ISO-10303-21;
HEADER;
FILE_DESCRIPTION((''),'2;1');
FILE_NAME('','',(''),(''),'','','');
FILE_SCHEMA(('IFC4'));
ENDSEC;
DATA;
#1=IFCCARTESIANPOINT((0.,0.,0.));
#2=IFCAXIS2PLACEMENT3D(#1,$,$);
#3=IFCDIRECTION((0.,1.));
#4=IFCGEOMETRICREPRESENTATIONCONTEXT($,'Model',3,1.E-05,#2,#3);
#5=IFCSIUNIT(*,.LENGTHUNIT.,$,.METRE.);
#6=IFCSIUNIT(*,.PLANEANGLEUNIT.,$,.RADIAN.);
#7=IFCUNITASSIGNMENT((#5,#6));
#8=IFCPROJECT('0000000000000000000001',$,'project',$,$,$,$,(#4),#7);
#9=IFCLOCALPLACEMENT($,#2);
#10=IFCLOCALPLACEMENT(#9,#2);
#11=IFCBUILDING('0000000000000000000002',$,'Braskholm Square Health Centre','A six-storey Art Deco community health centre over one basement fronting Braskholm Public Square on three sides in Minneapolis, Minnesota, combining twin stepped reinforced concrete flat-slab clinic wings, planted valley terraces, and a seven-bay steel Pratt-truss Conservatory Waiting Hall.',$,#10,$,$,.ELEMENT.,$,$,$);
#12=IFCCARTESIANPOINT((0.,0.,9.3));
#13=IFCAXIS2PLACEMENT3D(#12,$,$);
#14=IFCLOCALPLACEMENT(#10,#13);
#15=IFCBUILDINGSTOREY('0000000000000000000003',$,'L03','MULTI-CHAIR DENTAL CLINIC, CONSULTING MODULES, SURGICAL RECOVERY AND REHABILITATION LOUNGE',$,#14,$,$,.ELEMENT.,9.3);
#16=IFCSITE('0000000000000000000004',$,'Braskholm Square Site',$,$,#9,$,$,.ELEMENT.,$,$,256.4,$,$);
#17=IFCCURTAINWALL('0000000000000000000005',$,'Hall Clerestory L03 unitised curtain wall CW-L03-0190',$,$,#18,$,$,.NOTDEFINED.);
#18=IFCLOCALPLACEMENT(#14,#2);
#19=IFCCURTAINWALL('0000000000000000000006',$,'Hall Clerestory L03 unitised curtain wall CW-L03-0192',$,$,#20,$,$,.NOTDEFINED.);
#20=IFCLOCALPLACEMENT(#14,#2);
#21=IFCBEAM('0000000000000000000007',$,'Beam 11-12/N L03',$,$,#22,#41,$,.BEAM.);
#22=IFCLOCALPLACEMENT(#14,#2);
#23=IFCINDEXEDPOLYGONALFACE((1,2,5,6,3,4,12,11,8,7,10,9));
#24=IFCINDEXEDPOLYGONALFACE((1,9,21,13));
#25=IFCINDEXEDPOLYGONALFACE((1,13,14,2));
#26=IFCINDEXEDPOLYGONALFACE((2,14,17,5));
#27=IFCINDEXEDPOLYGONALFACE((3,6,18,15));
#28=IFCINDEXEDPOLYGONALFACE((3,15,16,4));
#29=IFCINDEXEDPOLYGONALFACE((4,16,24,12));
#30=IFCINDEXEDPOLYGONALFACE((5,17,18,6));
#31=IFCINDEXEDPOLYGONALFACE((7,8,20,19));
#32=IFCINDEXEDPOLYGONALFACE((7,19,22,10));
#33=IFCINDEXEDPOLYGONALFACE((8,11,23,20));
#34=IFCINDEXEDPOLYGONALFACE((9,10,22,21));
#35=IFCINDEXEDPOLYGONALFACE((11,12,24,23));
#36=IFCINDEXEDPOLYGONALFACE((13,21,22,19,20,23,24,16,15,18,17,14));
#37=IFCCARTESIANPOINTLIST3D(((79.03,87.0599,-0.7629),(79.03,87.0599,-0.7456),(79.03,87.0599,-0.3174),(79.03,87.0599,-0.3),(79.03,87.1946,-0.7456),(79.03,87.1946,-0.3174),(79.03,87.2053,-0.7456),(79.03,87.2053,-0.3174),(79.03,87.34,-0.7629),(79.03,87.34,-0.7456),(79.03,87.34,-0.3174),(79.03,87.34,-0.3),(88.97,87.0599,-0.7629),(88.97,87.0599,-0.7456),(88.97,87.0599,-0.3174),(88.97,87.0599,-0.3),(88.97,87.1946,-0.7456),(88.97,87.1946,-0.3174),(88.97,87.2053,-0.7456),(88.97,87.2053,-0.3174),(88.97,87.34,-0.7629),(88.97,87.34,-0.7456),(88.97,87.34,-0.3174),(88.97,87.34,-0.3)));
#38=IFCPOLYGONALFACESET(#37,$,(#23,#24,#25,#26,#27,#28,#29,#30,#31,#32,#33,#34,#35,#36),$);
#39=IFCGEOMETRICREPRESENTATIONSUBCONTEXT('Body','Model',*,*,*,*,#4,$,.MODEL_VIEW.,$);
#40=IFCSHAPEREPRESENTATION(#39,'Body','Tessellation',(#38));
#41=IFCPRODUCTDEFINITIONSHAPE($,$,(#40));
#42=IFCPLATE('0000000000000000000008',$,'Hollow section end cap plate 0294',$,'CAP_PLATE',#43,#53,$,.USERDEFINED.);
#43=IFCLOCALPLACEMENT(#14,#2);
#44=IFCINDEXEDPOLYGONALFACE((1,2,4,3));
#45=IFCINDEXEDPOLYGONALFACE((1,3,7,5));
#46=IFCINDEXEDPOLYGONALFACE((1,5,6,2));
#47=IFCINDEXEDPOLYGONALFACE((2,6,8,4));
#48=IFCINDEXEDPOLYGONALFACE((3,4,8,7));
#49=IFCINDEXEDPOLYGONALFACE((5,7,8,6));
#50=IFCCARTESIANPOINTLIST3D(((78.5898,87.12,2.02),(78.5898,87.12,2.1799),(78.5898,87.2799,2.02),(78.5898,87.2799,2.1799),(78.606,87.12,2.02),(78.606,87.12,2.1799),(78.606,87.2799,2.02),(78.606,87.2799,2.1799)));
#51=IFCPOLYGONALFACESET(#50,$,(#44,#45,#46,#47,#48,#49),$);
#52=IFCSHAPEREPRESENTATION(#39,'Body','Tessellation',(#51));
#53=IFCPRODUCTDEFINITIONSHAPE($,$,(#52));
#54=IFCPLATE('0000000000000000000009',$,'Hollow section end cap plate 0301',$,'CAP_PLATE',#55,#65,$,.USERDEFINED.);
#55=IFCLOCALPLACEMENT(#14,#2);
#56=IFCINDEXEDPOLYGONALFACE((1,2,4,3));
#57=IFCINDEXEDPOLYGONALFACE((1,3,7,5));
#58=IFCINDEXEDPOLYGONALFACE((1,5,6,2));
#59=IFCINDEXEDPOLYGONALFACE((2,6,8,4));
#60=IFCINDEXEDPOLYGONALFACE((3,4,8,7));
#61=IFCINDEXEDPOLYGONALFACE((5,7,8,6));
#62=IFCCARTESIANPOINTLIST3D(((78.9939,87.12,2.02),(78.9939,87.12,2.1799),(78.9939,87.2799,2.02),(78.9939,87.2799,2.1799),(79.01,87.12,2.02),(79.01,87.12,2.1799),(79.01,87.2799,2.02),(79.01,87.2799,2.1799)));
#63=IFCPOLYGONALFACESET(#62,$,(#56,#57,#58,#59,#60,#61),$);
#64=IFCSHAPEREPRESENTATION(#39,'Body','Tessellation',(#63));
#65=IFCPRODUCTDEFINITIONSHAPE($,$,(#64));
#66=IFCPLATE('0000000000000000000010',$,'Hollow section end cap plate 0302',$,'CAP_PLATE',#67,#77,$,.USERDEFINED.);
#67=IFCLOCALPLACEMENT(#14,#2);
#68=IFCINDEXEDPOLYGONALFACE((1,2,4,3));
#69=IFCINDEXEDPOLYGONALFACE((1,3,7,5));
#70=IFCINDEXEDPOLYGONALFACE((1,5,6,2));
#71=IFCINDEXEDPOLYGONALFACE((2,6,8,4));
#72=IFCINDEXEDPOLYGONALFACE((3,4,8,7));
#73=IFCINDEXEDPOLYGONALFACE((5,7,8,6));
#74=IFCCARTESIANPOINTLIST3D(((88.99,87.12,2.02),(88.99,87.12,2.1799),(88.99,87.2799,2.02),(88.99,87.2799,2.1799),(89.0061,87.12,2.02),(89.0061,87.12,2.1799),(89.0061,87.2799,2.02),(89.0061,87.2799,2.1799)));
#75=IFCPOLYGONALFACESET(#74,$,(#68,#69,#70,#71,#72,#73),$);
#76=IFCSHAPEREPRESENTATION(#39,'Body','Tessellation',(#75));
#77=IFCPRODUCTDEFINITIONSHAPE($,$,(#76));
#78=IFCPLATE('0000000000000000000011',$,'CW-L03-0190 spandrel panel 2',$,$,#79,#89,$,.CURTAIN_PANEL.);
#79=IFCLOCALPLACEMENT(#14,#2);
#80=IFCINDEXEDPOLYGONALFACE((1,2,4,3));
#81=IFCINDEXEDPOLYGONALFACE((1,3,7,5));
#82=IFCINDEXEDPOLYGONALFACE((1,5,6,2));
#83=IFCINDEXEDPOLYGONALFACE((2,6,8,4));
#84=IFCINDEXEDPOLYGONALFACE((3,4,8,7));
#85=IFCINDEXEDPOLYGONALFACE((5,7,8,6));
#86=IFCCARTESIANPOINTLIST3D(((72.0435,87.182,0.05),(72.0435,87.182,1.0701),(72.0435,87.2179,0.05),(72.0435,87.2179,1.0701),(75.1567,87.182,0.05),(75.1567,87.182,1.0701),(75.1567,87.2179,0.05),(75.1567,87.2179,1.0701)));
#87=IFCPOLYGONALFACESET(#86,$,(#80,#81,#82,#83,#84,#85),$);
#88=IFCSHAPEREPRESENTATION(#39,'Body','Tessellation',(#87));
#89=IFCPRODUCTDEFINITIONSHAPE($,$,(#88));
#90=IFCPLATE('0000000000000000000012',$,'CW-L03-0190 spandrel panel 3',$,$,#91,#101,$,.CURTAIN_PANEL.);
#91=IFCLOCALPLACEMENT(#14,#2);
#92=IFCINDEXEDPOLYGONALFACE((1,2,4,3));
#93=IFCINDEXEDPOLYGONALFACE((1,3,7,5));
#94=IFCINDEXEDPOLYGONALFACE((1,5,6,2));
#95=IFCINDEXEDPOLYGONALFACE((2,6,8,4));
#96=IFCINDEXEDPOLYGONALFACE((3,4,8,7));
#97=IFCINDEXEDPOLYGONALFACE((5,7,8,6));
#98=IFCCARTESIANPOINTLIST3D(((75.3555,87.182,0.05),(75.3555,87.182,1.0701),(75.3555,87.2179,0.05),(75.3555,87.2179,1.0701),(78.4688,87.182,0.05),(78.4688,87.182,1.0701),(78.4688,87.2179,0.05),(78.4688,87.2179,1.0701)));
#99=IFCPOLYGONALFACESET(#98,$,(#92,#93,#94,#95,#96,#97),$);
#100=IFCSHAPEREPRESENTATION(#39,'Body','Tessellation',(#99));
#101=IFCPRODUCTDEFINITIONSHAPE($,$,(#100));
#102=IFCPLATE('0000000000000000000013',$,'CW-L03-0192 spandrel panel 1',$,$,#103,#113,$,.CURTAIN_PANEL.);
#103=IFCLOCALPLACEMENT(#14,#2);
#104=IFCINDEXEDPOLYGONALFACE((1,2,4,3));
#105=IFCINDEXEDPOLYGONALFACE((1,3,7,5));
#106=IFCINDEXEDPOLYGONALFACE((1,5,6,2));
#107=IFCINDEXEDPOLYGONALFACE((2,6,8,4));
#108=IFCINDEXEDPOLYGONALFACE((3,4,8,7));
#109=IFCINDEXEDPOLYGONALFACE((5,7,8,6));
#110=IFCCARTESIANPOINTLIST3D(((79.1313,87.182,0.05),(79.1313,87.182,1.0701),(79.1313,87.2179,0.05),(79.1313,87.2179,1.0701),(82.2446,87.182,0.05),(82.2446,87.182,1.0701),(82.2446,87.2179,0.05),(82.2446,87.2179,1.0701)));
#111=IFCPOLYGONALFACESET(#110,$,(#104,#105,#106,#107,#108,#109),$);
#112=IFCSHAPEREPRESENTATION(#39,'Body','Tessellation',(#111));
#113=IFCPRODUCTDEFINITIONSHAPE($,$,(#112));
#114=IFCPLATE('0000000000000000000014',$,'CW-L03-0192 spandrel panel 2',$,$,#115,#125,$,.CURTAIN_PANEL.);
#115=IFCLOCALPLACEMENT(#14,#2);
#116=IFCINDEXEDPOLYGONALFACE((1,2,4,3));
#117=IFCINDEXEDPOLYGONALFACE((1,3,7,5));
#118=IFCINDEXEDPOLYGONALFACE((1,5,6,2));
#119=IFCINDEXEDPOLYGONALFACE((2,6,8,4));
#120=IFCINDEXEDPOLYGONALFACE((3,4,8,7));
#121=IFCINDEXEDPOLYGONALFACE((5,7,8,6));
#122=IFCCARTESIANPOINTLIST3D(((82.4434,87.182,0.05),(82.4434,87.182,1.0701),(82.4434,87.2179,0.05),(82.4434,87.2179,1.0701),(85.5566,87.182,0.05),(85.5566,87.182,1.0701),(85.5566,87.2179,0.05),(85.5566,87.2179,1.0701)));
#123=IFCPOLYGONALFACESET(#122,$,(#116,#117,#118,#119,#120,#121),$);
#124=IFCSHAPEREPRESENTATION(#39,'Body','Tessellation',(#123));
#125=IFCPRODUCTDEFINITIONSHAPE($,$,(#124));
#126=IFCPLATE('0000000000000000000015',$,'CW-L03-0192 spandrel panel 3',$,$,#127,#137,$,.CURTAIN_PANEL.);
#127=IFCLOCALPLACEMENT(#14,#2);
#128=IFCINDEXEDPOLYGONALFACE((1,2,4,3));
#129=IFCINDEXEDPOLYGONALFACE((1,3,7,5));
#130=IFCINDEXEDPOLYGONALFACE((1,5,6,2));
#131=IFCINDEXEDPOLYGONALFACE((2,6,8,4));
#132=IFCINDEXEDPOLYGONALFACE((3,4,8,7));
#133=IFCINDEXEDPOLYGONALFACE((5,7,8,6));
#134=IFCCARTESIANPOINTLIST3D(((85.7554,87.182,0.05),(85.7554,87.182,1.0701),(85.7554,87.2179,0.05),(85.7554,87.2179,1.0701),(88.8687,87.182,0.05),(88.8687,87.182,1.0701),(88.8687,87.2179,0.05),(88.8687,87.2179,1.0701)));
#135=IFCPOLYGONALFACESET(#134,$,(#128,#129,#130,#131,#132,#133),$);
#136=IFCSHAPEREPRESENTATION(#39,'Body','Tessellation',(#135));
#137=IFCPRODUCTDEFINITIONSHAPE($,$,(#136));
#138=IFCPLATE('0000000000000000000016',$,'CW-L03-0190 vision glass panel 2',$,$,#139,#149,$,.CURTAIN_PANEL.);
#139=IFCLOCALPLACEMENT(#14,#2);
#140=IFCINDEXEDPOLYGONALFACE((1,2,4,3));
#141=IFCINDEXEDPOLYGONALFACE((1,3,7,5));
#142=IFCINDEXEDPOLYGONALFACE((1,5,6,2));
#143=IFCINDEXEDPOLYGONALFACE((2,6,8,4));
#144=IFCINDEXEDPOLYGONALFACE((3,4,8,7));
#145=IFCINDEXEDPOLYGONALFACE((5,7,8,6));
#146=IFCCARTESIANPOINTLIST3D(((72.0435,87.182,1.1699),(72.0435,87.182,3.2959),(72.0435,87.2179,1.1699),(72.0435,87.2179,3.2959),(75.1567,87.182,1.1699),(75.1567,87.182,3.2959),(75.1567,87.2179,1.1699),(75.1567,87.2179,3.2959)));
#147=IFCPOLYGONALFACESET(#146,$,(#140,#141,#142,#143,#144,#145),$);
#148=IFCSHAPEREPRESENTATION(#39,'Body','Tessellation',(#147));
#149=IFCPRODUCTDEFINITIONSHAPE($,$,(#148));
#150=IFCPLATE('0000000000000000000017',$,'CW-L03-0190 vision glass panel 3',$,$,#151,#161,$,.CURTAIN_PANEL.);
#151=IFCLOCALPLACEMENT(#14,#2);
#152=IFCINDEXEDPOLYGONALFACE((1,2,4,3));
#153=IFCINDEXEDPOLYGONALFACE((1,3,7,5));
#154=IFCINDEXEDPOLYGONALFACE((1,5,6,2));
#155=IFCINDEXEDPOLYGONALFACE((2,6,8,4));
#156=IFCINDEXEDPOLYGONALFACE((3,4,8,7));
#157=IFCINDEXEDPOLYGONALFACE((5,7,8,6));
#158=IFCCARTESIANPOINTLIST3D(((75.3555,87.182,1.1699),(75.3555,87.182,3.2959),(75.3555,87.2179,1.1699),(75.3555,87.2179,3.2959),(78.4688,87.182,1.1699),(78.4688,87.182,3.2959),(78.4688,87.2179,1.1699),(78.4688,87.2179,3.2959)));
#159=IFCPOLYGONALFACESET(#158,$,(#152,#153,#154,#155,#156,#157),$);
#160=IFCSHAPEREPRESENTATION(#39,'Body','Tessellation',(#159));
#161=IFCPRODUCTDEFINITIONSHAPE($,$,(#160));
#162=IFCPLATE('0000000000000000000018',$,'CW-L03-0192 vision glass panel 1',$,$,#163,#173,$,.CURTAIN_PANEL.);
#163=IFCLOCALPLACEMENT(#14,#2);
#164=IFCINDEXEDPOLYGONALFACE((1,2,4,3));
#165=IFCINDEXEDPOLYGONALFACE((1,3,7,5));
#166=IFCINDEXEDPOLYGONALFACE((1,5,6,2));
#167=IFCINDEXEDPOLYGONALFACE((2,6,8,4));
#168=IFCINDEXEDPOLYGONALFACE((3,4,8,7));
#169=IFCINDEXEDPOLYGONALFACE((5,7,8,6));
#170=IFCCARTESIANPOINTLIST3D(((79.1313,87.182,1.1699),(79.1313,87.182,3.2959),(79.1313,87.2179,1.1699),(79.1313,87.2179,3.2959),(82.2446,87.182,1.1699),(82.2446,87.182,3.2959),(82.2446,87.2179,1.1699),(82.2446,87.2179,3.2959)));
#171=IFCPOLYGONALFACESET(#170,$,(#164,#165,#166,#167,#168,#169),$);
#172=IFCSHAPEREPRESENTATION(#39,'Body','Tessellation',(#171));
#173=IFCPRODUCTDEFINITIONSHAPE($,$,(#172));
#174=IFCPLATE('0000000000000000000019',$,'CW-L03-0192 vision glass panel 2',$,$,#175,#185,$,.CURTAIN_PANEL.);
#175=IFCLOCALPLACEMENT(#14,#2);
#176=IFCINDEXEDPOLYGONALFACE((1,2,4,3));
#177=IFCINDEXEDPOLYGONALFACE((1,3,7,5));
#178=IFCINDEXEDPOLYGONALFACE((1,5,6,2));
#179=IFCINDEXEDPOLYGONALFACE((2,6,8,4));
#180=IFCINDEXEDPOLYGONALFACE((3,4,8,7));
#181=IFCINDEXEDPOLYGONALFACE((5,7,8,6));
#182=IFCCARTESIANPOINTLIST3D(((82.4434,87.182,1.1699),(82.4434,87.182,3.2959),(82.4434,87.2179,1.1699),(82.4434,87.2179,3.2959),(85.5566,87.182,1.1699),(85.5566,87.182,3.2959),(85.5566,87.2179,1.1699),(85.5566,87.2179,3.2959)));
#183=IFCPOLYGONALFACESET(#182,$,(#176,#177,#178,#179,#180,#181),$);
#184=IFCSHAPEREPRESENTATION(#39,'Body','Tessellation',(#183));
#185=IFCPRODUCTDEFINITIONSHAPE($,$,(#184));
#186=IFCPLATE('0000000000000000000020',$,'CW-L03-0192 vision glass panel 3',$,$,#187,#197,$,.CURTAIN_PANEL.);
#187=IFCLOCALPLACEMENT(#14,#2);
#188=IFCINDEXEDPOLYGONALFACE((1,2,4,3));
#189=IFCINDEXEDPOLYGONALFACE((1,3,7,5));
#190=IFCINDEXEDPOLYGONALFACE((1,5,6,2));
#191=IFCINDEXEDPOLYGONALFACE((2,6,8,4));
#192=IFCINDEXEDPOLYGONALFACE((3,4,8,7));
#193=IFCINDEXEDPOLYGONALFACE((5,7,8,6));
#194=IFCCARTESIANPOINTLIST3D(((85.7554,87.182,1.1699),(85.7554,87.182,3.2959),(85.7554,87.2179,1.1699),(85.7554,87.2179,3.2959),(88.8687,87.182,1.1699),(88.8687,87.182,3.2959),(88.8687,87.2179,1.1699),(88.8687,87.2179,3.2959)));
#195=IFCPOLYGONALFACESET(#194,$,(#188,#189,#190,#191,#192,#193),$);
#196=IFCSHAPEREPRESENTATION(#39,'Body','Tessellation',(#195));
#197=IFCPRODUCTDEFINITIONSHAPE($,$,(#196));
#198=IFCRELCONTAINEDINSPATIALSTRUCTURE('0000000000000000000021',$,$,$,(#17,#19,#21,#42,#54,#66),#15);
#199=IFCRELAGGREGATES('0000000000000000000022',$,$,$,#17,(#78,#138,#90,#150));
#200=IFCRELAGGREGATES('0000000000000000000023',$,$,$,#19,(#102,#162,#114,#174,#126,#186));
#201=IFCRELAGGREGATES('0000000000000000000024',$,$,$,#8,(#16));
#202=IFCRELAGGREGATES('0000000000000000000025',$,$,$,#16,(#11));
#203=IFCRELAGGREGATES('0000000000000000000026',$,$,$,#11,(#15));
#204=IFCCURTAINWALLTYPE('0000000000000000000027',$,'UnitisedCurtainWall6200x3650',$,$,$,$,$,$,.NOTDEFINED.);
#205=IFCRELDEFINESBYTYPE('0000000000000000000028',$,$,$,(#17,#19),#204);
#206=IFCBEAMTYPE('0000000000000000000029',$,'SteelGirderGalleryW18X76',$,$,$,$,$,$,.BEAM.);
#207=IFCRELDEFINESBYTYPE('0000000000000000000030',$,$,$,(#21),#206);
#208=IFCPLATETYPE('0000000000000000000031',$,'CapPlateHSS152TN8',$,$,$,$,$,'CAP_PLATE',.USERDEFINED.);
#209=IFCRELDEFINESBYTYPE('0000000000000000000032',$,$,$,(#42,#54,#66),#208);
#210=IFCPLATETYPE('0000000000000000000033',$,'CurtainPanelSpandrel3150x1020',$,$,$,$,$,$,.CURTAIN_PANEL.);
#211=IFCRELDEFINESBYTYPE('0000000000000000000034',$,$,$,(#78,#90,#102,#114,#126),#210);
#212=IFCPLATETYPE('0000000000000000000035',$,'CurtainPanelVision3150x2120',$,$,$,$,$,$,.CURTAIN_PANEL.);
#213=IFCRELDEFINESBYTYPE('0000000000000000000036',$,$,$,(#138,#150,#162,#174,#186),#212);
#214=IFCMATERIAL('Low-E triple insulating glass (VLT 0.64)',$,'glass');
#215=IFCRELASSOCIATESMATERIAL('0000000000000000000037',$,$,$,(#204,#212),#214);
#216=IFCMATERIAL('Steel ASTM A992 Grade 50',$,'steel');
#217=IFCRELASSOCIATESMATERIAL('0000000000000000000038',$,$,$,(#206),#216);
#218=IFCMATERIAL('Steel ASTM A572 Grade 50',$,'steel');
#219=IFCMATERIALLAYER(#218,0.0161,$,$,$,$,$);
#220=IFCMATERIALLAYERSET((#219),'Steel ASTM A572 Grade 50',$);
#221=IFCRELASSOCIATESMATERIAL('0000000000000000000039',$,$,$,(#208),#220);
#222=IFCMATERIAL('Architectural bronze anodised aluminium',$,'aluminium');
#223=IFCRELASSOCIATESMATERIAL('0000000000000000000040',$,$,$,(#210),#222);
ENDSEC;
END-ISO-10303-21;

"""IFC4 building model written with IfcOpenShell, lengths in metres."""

from ifc_helpers import new_model, si_unit, direction, frame, origin, origin_2d, place, context, subcontext, project, spatial, rectangle, i_section, extrude, material, layer, layer_set, material_profile, profile_set, type_object, element, aggregate, save


model = new_model("IFC4")

# Units and contexts
model_context = context("Model", 3, precision=1e-05, world=origin(), true_north=direction((0.0, 1.0)))
body_context = subcontext(model_context, "Body", "Model", "MODEL_VIEW")
ifc_project = project(units=[si_unit("LENGTHUNIT", "METRE"), si_unit("PLANEANGLEUNIT", "RADIAN")], contexts=[model_context])

# Site, building, storey
site_placement = place(None, origin())
site = spatial("IfcSite", under=ifc_project, at=site_placement, Name="Braskholm Square Site", CompositionType="ELEMENT", RefElevation=256.4)
building_placement = place(site_placement, origin())
building = spatial("IfcBuilding", under=site, at=building_placement, Name="Braskholm Square Health Centre", Description="A six-storey Art Deco community health centre over one basement fronting Braskholm Public Square on three sides in Minneapolis, Minnesota, combining twin stepped reinforced concrete flat-slab clinic wings, planted valley terraces, and a seven-bay steel Pratt-truss Conservatory Waiting Hall.", CompositionType="ELEMENT")
storey_placement = place(building_placement, frame((0.0, 0.0, 9.3)))
storey = spatial("IfcBuildingStorey", under=building, at=storey_placement, Name="L03", Description="MULTI-CHAIR DENTAL CLINIC, CONSULTING MODULES, SURGICAL RECOVERY AND REHABILITATION LOUNGE", CompositionType="ELEMENT", Elevation=9.3)

# Curtain walls
ifc_material_1 = material(Name="Low-E triple insulating glass (VLT 0.64)", Category="glass")
curtain_wall_type = type_object("IfcCurtainWallType", Name="UnitisedCurtainWall6200x3650", PredefinedType="NOTDEFINED", material=ifc_material_1)
curtain_wall_1_placement = place(storey_placement, origin())
curtain_wall_1 = element("IfcCurtainWall", 1, at=curtain_wall_1_placement, inside=storey, type_object=curtain_wall_type, Name="Hall Clerestory L03 unitised curtain wall CW-L03-0190", PredefinedType="NOTDEFINED")
ifc_material_2 = material(Name="Architectural bronze anodised aluminium", Category="aluminium")
curtain_wall_2_placement = place(storey_placement, origin())
curtain_wall_2 = element("IfcCurtainWall", 2, at=curtain_wall_2_placement, inside=storey, type_object=curtain_wall_type, Name="Hall Clerestory L03 unitised curtain wall CW-L03-0192", PredefinedType="NOTDEFINED")

# Beam
ifc_material_3 = material(Name="Steel ASTM A992 Grade 50", Category="steel")
ifc_material_profile_1 = material_profile(ifc_material_3, i_section(OverallWidth=0.28, OverallDepth=0.4629, WebThickness=0.0107, FlangeThickness=0.0173, at=origin_2d()), Name="W18X76")
ifc_profile_set_1 = profile_set([ifc_material_profile_1], Name="Steel ASTM A992 Grade 50")
beam_type = type_object("IfcBeamType", Name="SteelGirderGalleryW18X76", PredefinedType="BEAM", material=ifc_profile_set_1)
beam_placement = place(storey_placement, frame((79.03, 87.2, -0.5315), z_axis=(1.0, 0.0, 0.0), x_axis=(0.0, 1.0, 0.0)))
element("IfcBeam", 3, at=beam_placement, inside=storey, type_object=beam_type, Name="Beam 11-12/N L03", PredefinedType="BEAM", context=body_context, shape_type="SweptSolid", body=[
    extrude(i_section(OverallWidth=0.28, OverallDepth=0.4629, WebThickness=0.0107, FlangeThickness=0.0173, at=origin_2d()), origin(), (0.0, 0.0, 1.0), 9.9399),
])

# Plates
ifc_material_4 = material(Name="Steel ASTM A572 Grade 50", Category="steel")
ifc_layer_1 = layer(ifc_material_4, 0.0161)
ifc_layer_set_1 = layer_set([ifc_layer_1], Name="Steel ASTM A572 Grade 50")
plate_type_1 = type_object("IfcPlateType", Name="CapPlateHSS152TN8", ElementType="CAP_PLATE", PredefinedType="USERDEFINED", material=ifc_layer_set_1)
for number, where, z_axis, x_axis, name in (
    (4, (78.5979, 87.2, 2.02), (0.0, 0.0, 1.0), (1.0, 0.0, 0.0), "Hollow section end cap plate 0294"),
    (5, (79.002, 87.2, 2.02), (0.0, 0.0, 1.0), (1.0, 0.0, 0.0), "Hollow section end cap plate 0301"),
    (6, (88.998, 87.2, 2.02), (0.0, 0.0, 1.0), (1.0, 0.0, 0.0), "Hollow section end cap plate 0302"),
):
    element("IfcPlate", number, at=place(storey_placement, frame(where, z_axis=z_axis, x_axis=x_axis)), inside=storey, type_object=plate_type_1, Name=name, ObjectType="CAP_PLATE", PredefinedType="USERDEFINED", context=body_context, shape_type="SweptSolid", body=[
        extrude(rectangle(XDim=0.0161, YDim=0.1599, at=origin_2d()), origin(), (0.0, 0.0, 1.0), 0.1599),
    ])

# Plates
plate_type_2 = type_object("IfcPlateType", Name="CurtainPanelSpandrel3150x1020", PredefinedType="CURTAIN_PANEL", material=ifc_material_2)
plate_1_placement = place(storey_placement, frame((73.6001, 87.2, 0.05), z_axis=(0.0, 0.0, 1.0), x_axis=(1.0, 0.0, 0.0)))
plate_1 = element("IfcPlate", 7, at=plate_1_placement, type_object=plate_type_2, Name="CW-L03-0190 spandrel panel 2", PredefinedType="CURTAIN_PANEL", context=body_context, shape_type="SweptSolid", body=[
    extrude(rectangle(XDim=3.1133, YDim=0.0359, at=origin_2d()), origin(), (0.0, 0.0, 1.0), 1.02),
])
plate_2_placement = place(storey_placement, frame((76.9121, 87.2, 0.05), z_axis=(0.0, 0.0, 1.0), x_axis=(1.0, 0.0, 0.0)))
plate_2 = element("IfcPlate", 8, at=plate_2_placement, type_object=plate_type_2, Name="CW-L03-0190 spandrel panel 3", PredefinedType="CURTAIN_PANEL", context=body_context, shape_type="SweptSolid", body=[
    extrude(rectangle(XDim=3.1133, YDim=0.0359, at=origin_2d()), origin(), (0.0, 0.0, 1.0), 1.02),
])
plate_3_placement = place(storey_placement, frame((80.688, 87.2, 0.05), z_axis=(0.0, 0.0, 1.0), x_axis=(1.0, 0.0, 0.0)))
plate_3 = element("IfcPlate", 9, at=plate_3_placement, type_object=plate_type_2, Name="CW-L03-0192 spandrel panel 1", PredefinedType="CURTAIN_PANEL", context=body_context, shape_type="SweptSolid", body=[
    extrude(rectangle(XDim=3.1133, YDim=0.0359, at=origin_2d()), origin(), (0.0, 0.0, 1.0), 1.02),
])
plate_4_placement = place(storey_placement, frame((84.0, 87.2, 0.05), z_axis=(0.0, 0.0, 1.0), x_axis=(1.0, 0.0, 0.0)))
plate_4 = element("IfcPlate", 10, at=plate_4_placement, type_object=plate_type_2, Name="CW-L03-0192 spandrel panel 2", PredefinedType="CURTAIN_PANEL", context=body_context, shape_type="SweptSolid", body=[
    extrude(rectangle(XDim=3.1133, YDim=0.0359, at=origin_2d()), origin(), (0.0, 0.0, 1.0), 1.02),
])
plate_5_placement = place(storey_placement, frame((87.312, 87.2, 0.05), z_axis=(0.0, 0.0, 1.0), x_axis=(1.0, 0.0, 0.0)))
plate_5 = element("IfcPlate", 11, at=plate_5_placement, type_object=plate_type_2, Name="CW-L03-0192 spandrel panel 3", PredefinedType="CURTAIN_PANEL", context=body_context, shape_type="SweptSolid", body=[
    extrude(rectangle(XDim=3.1133, YDim=0.0359, at=origin_2d()), origin(), (0.0, 0.0, 1.0), 1.02),
])
plate_type_3 = type_object("IfcPlateType", Name="CurtainPanelVision3150x2120", PredefinedType="CURTAIN_PANEL", material=ifc_material_1)
plate_6_placement = place(storey_placement, frame((73.6001, 87.2, 1.1699), z_axis=(0.0, 0.0, 1.0), x_axis=(1.0, 0.0, 0.0)))
plate_6 = element("IfcPlate", 12, at=plate_6_placement, type_object=plate_type_3, Name="CW-L03-0190 vision glass panel 2", PredefinedType="CURTAIN_PANEL", context=body_context, shape_type="SweptSolid", body=[
    extrude(rectangle(XDim=3.1133, YDim=0.0359, at=origin_2d()), origin(), (0.0, 0.0, 1.0), 2.126),
])
plate_7_placement = place(storey_placement, frame((76.9121, 87.2, 1.1699), z_axis=(0.0, 0.0, 1.0), x_axis=(1.0, 0.0, 0.0)))
plate_7 = element("IfcPlate", 13, at=plate_7_placement, type_object=plate_type_3, Name="CW-L03-0190 vision glass panel 3", PredefinedType="CURTAIN_PANEL", context=body_context, shape_type="SweptSolid", body=[
    extrude(rectangle(XDim=3.1133, YDim=0.0359, at=origin_2d()), origin(), (0.0, 0.0, 1.0), 2.126),
])
aggregate(curtain_wall_1, [plate_1, plate_6, plate_2, plate_7])
plate_8_placement = place(storey_placement, frame((80.688, 87.2, 1.1699), z_axis=(0.0, 0.0, 1.0), x_axis=(1.0, 0.0, 0.0)))
plate_8 = element("IfcPlate", 14, at=plate_8_placement, type_object=plate_type_3, Name="CW-L03-0192 vision glass panel 1", PredefinedType="CURTAIN_PANEL", context=body_context, shape_type="SweptSolid", body=[
    extrude(rectangle(XDim=3.1133, YDim=0.0359, at=origin_2d()), origin(), (0.0, 0.0, 1.0), 2.126),
])
plate_9_placement = place(storey_placement, frame((84.0, 87.2, 1.1699), z_axis=(0.0, 0.0, 1.0), x_axis=(1.0, 0.0, 0.0)))
plate_9 = element("IfcPlate", 15, at=plate_9_placement, type_object=plate_type_3, Name="CW-L03-0192 vision glass panel 2", PredefinedType="CURTAIN_PANEL", context=body_context, shape_type="SweptSolid", body=[
    extrude(rectangle(XDim=3.1133, YDim=0.0359, at=origin_2d()), origin(), (0.0, 0.0, 1.0), 2.126),
])
plate_10_placement = place(storey_placement, frame((87.312, 87.2, 1.1699), z_axis=(0.0, 0.0, 1.0), x_axis=(1.0, 0.0, 0.0)))
plate_10 = element("IfcPlate", 16, at=plate_10_placement, type_object=plate_type_3, Name="CW-L03-0192 vision glass panel 3", PredefinedType="CURTAIN_PANEL", context=body_context, shape_type="SweptSolid", body=[
    extrude(rectangle(XDim=3.1133, YDim=0.0359, at=origin_2d()), origin(), (0.0, 0.0, 1.0), 2.126),
])
aggregate(curtain_wall_2, [plate_3, plate_8, plate_4, plate_9, plate_5, plate_10])

save(model, "model.ifc")
